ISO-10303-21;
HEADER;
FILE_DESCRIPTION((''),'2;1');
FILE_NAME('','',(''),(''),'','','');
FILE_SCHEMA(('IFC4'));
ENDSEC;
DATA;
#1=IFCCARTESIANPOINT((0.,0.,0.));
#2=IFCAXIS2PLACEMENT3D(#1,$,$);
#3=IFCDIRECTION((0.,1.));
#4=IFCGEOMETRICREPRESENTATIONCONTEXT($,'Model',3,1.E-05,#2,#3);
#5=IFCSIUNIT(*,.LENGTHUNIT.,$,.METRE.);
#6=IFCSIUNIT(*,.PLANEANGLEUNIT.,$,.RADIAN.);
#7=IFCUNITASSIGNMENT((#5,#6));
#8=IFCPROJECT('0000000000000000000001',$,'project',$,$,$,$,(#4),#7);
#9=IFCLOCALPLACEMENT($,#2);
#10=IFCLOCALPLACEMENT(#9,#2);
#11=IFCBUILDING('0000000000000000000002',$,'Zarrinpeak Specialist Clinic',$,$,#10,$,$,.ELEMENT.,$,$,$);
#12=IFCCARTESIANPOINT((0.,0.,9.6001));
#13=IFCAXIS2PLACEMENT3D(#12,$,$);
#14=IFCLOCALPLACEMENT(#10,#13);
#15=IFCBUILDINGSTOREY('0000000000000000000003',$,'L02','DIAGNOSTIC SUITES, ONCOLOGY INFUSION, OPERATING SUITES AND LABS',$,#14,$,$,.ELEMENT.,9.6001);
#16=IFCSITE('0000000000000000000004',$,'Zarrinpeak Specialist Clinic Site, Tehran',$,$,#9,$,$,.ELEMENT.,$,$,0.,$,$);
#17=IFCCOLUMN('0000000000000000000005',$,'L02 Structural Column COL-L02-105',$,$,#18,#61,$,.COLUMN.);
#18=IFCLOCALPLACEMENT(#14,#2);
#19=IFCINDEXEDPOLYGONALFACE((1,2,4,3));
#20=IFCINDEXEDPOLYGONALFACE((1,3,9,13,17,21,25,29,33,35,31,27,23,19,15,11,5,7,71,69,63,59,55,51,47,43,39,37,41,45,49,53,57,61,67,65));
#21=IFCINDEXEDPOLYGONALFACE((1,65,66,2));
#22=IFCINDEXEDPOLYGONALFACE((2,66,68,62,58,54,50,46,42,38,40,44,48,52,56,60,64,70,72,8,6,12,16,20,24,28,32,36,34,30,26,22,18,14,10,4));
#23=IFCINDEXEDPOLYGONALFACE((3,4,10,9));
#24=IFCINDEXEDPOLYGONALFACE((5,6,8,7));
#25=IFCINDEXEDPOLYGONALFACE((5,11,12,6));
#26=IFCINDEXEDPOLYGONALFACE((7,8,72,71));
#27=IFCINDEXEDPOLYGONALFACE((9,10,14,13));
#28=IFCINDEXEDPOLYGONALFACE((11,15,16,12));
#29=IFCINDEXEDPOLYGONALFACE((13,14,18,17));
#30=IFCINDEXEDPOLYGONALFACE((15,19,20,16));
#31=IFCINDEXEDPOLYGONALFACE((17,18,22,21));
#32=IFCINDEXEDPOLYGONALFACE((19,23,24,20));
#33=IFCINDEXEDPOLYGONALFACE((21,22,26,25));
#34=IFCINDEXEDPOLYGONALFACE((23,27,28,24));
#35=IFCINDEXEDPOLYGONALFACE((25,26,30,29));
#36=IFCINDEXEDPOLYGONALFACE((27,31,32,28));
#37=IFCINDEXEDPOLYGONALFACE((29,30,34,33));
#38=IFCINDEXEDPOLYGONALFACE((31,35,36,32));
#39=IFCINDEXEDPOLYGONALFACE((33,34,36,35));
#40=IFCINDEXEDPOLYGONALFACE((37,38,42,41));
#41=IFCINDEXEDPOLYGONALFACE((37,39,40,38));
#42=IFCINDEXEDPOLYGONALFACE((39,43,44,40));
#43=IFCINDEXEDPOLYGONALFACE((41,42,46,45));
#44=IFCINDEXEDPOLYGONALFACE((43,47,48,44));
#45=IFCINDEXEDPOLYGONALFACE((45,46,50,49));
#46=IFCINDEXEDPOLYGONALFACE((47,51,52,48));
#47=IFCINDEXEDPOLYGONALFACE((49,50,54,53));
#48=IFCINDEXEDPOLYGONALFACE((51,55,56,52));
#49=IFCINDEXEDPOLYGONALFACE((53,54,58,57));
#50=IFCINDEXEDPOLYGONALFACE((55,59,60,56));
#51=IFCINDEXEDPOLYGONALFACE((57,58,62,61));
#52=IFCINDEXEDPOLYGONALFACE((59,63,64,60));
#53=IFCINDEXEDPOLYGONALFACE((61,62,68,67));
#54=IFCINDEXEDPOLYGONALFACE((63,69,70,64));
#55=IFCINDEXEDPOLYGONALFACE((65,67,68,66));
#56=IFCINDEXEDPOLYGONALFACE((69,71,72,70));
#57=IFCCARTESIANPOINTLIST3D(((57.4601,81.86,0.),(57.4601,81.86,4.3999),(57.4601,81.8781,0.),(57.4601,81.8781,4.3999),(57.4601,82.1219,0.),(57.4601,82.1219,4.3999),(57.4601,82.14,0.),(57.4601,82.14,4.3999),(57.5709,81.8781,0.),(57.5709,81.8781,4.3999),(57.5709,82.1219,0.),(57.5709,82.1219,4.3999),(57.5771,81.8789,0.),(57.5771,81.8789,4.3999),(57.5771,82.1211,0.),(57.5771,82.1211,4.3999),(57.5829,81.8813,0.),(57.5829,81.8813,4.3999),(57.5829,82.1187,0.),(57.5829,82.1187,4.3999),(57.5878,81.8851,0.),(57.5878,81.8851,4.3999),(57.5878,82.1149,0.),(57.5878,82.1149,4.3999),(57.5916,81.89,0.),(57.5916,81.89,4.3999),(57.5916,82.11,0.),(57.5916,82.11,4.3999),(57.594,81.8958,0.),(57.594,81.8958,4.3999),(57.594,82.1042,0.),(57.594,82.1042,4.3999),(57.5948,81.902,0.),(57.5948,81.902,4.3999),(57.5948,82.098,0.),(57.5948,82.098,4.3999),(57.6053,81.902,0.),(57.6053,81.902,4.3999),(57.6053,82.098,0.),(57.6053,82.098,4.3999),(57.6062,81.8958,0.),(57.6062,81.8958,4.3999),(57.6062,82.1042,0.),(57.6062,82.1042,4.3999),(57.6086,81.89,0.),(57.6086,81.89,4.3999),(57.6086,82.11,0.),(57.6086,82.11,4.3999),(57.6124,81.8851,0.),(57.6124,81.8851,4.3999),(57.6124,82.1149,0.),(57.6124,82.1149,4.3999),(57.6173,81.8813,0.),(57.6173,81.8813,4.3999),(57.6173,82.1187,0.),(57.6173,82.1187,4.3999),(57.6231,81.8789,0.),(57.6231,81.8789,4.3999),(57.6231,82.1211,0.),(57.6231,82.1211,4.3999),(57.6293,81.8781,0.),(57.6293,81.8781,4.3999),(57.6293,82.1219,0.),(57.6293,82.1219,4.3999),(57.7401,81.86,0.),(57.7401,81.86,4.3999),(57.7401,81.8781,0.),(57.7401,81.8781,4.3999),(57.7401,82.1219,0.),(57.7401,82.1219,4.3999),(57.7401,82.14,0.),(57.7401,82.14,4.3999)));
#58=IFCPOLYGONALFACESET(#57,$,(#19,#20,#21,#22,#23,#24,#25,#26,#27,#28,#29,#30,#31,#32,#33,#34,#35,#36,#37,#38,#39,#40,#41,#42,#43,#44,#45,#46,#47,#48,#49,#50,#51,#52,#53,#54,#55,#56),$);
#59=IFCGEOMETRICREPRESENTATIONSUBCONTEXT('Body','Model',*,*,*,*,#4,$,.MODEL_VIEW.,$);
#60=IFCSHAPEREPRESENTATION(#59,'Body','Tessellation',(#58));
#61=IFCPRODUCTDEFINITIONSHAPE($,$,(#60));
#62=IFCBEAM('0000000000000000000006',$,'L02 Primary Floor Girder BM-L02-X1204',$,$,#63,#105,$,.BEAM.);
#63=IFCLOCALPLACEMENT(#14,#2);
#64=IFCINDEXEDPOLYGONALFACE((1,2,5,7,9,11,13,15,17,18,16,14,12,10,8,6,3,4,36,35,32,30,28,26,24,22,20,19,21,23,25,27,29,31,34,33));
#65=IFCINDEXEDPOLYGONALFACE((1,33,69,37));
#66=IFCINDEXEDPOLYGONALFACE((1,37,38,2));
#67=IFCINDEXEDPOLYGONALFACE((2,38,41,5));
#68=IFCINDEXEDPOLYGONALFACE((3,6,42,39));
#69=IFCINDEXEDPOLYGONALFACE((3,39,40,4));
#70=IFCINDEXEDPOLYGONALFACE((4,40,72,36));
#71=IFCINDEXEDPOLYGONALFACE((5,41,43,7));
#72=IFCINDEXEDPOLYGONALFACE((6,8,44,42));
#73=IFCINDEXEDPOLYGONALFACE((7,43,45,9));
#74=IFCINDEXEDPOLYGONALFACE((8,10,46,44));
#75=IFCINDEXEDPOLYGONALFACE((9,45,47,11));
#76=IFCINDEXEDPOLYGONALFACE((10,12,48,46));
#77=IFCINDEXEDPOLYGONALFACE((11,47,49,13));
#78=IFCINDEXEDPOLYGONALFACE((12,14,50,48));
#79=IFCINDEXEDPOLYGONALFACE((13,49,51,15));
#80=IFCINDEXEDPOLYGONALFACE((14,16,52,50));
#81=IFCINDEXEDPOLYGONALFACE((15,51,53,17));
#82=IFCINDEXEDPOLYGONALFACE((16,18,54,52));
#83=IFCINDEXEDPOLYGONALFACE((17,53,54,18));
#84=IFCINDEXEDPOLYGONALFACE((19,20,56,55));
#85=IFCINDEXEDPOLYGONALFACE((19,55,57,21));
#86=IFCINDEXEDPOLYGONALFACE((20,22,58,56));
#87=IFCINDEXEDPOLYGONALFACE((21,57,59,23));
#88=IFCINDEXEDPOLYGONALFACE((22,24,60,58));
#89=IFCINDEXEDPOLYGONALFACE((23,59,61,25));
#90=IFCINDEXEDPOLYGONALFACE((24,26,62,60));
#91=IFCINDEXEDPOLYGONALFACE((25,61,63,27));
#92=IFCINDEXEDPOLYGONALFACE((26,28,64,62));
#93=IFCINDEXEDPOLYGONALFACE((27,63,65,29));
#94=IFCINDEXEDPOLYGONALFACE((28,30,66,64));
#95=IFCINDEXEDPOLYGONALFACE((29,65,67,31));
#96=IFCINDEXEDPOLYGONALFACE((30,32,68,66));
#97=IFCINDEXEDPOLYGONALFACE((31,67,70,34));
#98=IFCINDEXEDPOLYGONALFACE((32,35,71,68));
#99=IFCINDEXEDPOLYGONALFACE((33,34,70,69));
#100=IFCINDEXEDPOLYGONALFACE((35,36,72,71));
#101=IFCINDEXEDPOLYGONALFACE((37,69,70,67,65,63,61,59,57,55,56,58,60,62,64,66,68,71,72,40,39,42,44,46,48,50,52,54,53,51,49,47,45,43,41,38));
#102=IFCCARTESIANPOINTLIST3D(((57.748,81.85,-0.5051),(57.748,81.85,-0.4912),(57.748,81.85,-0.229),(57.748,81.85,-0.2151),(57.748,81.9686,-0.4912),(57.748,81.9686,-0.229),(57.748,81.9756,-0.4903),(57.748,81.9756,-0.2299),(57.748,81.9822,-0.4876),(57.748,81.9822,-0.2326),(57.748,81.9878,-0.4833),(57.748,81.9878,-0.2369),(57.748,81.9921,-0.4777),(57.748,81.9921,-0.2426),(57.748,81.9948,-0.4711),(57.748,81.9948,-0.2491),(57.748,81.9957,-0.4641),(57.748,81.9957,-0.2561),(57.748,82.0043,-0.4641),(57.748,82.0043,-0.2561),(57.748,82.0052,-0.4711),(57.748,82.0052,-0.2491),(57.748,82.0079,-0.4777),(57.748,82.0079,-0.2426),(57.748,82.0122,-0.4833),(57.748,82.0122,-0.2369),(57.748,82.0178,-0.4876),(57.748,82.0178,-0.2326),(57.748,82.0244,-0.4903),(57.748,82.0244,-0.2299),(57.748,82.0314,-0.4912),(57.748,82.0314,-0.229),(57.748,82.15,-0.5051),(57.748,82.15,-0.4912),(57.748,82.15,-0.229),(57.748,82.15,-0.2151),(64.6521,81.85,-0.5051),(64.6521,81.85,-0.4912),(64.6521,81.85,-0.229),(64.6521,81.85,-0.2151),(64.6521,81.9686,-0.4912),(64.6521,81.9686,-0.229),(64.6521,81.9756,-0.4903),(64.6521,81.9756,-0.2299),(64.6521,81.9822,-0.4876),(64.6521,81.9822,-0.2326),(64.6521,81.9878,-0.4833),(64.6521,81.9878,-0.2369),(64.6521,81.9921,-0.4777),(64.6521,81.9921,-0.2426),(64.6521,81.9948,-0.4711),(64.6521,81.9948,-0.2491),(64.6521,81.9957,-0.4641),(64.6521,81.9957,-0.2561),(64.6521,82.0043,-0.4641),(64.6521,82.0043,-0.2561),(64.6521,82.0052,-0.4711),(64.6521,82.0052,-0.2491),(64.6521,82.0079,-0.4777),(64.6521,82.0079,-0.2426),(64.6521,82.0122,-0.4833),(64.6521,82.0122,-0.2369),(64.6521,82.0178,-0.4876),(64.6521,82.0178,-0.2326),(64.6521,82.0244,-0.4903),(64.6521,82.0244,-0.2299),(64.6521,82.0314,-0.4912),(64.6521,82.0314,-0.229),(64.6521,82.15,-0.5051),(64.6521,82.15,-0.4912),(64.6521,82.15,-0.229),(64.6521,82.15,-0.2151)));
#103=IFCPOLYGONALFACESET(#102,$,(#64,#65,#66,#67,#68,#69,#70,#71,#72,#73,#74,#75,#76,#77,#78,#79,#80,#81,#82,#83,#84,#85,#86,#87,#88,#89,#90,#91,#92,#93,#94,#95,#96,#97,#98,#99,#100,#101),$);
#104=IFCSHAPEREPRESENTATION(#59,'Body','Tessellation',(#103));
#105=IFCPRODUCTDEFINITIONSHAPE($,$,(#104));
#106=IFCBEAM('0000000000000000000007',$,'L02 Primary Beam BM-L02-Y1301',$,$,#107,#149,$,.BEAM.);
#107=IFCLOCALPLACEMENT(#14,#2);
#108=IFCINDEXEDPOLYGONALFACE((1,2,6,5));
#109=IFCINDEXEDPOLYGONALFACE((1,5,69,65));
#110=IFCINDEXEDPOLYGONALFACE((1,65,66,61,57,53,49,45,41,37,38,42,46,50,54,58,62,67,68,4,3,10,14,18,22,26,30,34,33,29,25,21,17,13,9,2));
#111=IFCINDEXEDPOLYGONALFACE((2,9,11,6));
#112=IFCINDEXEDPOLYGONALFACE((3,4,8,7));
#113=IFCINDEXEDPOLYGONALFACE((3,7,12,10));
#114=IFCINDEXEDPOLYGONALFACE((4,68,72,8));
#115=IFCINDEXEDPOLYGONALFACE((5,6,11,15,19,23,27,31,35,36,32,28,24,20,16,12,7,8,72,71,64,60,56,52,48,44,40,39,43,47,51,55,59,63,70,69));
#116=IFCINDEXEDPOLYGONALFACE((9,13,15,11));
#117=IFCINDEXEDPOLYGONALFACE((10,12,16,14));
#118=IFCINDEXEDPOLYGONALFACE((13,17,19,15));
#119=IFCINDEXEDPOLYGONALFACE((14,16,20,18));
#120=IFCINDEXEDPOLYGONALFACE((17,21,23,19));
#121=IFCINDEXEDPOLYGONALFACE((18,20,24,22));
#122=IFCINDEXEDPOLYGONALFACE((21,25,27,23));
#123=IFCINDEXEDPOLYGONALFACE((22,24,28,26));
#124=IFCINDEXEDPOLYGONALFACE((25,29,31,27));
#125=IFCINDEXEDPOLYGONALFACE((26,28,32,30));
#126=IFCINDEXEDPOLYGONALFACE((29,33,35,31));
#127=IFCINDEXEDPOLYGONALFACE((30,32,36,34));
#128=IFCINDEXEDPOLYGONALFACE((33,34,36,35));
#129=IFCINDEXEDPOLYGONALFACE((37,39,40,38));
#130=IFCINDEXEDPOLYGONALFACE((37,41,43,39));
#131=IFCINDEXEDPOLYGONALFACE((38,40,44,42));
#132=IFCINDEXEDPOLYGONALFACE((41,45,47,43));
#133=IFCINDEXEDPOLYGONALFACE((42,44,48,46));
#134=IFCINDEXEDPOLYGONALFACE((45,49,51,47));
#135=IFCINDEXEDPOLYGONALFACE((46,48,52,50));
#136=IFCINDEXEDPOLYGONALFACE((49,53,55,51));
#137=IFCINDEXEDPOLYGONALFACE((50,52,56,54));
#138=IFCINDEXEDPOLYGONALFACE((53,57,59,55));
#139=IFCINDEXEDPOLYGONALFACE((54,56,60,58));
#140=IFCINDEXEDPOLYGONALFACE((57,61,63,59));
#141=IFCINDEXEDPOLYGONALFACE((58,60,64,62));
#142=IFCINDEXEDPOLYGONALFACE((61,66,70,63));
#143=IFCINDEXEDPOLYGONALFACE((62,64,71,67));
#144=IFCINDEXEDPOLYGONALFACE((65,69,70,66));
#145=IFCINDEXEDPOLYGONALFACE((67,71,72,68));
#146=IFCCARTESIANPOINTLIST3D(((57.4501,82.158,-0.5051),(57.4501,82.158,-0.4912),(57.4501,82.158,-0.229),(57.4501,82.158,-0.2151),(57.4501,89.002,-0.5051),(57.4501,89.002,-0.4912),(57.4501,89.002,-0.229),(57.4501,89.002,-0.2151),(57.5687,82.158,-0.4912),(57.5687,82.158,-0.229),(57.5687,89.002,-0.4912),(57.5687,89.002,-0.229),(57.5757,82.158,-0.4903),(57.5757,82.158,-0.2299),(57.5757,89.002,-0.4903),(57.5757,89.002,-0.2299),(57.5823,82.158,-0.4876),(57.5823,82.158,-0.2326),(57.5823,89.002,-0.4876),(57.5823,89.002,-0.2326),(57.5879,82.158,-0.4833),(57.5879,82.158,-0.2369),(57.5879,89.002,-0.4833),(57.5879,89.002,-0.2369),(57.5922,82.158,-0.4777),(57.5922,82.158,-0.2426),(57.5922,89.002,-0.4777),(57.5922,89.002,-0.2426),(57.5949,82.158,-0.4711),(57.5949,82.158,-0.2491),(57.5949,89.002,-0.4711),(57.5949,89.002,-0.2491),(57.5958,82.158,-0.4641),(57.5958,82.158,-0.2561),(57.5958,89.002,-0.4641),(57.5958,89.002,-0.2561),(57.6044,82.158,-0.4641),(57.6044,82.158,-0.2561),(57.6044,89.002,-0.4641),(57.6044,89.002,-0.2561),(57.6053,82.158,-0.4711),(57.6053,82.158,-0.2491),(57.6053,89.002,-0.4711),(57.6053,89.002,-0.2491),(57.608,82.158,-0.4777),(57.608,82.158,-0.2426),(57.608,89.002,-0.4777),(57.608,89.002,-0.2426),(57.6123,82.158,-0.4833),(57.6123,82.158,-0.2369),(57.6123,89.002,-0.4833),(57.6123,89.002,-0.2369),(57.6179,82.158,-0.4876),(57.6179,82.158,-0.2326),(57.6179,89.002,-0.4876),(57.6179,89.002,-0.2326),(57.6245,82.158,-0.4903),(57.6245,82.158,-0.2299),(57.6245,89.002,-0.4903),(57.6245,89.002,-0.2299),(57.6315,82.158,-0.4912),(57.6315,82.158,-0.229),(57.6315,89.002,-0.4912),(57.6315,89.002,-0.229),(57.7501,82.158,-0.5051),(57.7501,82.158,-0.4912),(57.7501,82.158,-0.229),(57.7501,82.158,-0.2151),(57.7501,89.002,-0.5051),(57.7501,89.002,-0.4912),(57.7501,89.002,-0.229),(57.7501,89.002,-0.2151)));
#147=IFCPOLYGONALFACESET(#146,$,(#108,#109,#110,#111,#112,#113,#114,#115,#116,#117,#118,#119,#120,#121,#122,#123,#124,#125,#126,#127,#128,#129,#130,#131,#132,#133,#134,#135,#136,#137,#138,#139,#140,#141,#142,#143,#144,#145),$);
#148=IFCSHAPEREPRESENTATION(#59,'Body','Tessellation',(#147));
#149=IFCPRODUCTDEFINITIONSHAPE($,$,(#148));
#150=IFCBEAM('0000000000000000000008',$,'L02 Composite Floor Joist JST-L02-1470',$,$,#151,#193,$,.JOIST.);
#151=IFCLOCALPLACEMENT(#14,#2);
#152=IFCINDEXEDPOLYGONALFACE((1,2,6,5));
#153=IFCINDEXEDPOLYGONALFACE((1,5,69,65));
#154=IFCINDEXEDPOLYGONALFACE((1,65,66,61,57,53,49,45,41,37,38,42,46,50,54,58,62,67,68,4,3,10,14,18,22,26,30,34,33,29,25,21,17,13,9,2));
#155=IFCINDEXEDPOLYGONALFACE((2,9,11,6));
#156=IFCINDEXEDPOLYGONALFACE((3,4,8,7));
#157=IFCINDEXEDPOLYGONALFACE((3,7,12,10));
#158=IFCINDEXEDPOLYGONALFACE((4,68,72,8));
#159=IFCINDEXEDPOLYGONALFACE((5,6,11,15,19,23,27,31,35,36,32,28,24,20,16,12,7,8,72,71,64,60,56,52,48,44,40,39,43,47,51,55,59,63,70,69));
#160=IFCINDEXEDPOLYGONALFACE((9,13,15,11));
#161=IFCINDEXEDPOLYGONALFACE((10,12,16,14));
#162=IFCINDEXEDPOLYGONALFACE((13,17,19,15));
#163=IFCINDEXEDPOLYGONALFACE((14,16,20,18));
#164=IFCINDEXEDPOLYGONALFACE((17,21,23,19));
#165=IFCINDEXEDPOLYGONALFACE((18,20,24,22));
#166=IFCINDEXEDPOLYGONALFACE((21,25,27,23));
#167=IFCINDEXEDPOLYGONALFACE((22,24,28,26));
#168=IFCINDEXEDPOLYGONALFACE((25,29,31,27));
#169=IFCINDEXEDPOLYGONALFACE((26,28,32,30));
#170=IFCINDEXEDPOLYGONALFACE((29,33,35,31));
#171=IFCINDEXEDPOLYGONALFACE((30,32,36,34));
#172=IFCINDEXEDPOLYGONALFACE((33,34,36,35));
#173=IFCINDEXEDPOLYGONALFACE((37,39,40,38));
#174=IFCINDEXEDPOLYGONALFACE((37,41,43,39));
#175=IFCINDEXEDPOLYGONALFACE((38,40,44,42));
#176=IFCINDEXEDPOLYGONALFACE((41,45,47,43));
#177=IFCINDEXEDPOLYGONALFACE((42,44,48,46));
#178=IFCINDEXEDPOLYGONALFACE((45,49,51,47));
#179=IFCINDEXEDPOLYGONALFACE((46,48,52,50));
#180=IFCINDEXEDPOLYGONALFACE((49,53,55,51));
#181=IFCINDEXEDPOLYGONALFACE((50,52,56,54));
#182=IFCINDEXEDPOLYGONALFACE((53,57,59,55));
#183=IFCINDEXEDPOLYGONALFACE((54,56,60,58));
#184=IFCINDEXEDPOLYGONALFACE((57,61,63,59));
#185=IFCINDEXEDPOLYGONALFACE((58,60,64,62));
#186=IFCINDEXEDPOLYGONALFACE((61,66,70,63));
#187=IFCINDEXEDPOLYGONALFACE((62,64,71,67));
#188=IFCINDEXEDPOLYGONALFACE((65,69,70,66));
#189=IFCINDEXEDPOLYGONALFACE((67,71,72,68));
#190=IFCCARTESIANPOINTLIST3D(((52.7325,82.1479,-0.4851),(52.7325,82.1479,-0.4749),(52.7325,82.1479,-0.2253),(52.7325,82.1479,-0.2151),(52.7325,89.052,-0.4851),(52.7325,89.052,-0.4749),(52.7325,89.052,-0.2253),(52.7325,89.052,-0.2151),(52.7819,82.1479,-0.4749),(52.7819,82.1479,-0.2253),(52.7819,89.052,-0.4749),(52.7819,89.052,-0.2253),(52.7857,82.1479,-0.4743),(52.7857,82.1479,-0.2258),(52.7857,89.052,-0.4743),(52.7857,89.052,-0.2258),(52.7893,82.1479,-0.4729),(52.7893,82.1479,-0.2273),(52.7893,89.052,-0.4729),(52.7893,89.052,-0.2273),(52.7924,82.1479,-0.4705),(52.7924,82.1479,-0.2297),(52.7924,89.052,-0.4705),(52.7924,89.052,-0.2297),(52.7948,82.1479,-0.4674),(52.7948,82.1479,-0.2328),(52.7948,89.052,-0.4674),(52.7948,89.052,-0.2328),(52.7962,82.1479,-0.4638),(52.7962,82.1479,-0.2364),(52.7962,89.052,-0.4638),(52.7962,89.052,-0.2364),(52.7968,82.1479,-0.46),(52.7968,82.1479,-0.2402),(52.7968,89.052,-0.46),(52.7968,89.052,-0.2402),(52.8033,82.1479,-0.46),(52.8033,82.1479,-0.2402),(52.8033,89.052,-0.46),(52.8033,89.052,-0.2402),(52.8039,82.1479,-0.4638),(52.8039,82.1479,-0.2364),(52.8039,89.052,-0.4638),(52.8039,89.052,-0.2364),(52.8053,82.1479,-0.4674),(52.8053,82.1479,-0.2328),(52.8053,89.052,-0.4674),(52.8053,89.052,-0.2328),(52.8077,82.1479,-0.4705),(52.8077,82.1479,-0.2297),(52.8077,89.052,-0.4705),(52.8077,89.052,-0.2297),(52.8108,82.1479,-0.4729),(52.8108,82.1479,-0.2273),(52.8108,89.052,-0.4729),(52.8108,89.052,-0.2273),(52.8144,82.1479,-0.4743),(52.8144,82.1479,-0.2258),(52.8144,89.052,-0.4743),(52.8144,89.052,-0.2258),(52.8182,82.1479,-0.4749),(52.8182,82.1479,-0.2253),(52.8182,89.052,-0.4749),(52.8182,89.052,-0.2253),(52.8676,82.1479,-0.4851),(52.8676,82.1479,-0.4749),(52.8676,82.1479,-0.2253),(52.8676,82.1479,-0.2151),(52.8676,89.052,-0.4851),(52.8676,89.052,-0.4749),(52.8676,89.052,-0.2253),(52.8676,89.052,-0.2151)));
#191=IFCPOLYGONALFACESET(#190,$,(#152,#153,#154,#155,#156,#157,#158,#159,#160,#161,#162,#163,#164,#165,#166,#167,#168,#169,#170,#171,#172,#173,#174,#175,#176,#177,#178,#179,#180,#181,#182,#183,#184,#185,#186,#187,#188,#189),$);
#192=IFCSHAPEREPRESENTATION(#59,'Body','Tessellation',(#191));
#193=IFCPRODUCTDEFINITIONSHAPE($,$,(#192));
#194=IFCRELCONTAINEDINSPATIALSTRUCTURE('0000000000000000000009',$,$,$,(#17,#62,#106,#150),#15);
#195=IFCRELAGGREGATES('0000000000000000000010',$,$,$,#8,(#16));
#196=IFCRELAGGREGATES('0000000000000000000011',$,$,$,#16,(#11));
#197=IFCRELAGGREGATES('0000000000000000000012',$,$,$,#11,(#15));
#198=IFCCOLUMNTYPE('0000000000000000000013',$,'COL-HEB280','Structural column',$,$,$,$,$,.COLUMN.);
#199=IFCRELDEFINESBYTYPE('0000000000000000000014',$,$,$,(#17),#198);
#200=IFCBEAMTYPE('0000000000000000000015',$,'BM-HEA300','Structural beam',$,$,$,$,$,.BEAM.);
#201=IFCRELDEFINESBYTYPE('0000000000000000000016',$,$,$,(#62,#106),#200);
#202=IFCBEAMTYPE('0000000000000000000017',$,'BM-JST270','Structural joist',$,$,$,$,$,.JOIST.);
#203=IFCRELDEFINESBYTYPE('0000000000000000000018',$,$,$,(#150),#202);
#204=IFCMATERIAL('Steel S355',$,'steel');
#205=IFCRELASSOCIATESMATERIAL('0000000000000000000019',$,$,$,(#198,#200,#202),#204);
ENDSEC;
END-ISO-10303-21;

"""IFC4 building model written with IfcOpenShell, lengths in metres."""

from ifc_helpers import new_model, si_unit, direction, frame, origin, origin_2d, place, context, subcontext, project, spatial, i_section, extrude, material, material_profile, profile_set, type_object, element, save


model = new_model("IFC4")

# Units and contexts
model_context = context("Model", 3, precision=1e-05, world=origin(), true_north=direction((0.0, 1.0)))
body_context = subcontext(model_context, "Body", "Model", "MODEL_VIEW")
ifc_project = project(units=[si_unit("LENGTHUNIT", "METRE"), si_unit("PLANEANGLEUNIT", "RADIAN")], contexts=[model_context])

# Site, building, storey
site_placement = place(None, origin())
site = spatial("IfcSite", under=ifc_project, at=site_placement, Name="Zarrinpeak Specialist Clinic Site, Tehran", CompositionType="ELEMENT", RefElevation=0.0)
building_placement = place(site_placement, origin())
building = spatial("IfcBuilding", under=site, at=building_placement, Name="Zarrinpeak Specialist Clinic", CompositionType="ELEMENT")
storey_placement = place(building_placement, frame((0.0, 0.0, 9.6001)))
storey = spatial("IfcBuildingStorey", under=building, at=storey_placement, Name="L02", Description="DIAGNOSTIC SUITES, ONCOLOGY INFUSION, OPERATING SUITES AND LABS", CompositionType="ELEMENT", Elevation=9.6001)

# Column
ifc_material_1 = material(Name="Steel S355", Category="steel")
ifc_material_profile_1 = material_profile(ifc_material_1, i_section(OverallWidth=0.28, OverallDepth=0.28, WebThickness=0.0105, FlangeThickness=0.0181, FilletRadius=0.0239, at=origin_2d()), Name="HEB 280")
ifc_profile_set_1 = profile_set([ifc_material_profile_1], Name="Steel S355")
column_type = type_object("IfcColumnType", Name="COL-HEB280", Description="Structural column", PredefinedType="COLUMN", material=ifc_profile_set_1)
column_placement = place(storey_placement, frame((57.6001, 82.0, 0.0), z_axis=(0.0, 0.0, 1.0), x_axis=(1.0, 0.0, 0.0)))
element("IfcColumn", 1, at=column_placement, inside=storey, type_object=column_type, Name="L02 Structural Column COL-L02-105", PredefinedType="COLUMN", context=body_context, shape_type="SweptSolid", body=[
    extrude(i_section(OverallWidth=0.28, OverallDepth=0.28, WebThickness=0.0105, FlangeThickness=0.0181, FilletRadius=0.0239, at=origin_2d()), origin(), (0.0, 0.0, 1.0), 4.3999),
])

# Beams
ifc_material_profile_2 = material_profile(ifc_material_1, i_section(OverallWidth=0.3, OverallDepth=0.29, WebThickness=0.0085, FlangeThickness=0.0139, FilletRadius=0.0271, at=origin_2d()), Name="HEA 300")
ifc_profile_set_2 = profile_set([ifc_material_profile_2], Name="Steel S355")
beam_type_1 = type_object("IfcBeamType", Name="BM-HEA300", Description="Structural beam", PredefinedType="BEAM", material=ifc_profile_set_2)
beam_1_placement = place(storey_placement, frame((57.748, 82.0, -0.3601), z_axis=(1.0, 0.0, 0.0), x_axis=(0.0, 1.0, 0.0)))
element("IfcBeam", 2, at=beam_1_placement, inside=storey, type_object=beam_type_1, Name="L02 Primary Floor Girder BM-L02-X1204", PredefinedType="BEAM", context=body_context, shape_type="SweptSolid", body=[
    extrude(i_section(OverallWidth=0.3, OverallDepth=0.29, WebThickness=0.0085, FlangeThickness=0.0139, FilletRadius=0.0271, at=origin_2d()), origin(), (0.0, 0.0, 1.0), 6.9041),
])
beam_2_placement = place(storey_placement, frame((57.6001, 82.158, -0.3601), z_axis=(0.0, 1.0, 0.0), x_axis=(-1.0, 0.0, 0.0)))
element("IfcBeam", 3, at=beam_2_placement, inside=storey, type_object=beam_type_1, Name="L02 Primary Beam BM-L02-Y1301", PredefinedType="BEAM", context=body_context, shape_type="SweptSolid", body=[
    extrude(i_section(OverallWidth=0.3, OverallDepth=0.29, WebThickness=0.0085, FlangeThickness=0.0139, FilletRadius=0.0271, at=origin_2d()), origin(), (0.0, 0.0, 1.0), 6.844),
])
ifc_material_profile_3 = material_profile(ifc_material_1, i_section(OverallWidth=0.135, OverallDepth=0.27, WebThickness=0.0066, FlangeThickness=0.0103, FilletRadius=0.0149, at=origin_2d()), Name="IPE 270")
ifc_profile_set_3 = profile_set([ifc_material_profile_3], Name="Steel S355")
beam_type_2 = type_object("IfcBeamType", Name="BM-JST270", Description="Structural joist", PredefinedType="JOIST", material=ifc_profile_set_3)
for number, where, z_axis, x_axis, name in (
    (4, (52.8, 82.1479, -0.3501), (0.0, 1.0, 0.0), (-1.0, 0.0, 0.0), "L02 Composite Floor Joist JST-L02-1470"),
):
    element("IfcBeam", number, at=place(storey_placement, frame(where, z_axis=z_axis, x_axis=x_axis)), inside=storey, type_object=beam_type_2, Name=name, PredefinedType="JOIST", context=body_context, shape_type="SweptSolid", body=[
        extrude(i_section(OverallWidth=0.135, OverallDepth=0.27, WebThickness=0.0066, FlangeThickness=0.0103, FilletRadius=0.0149, at=origin_2d()), origin(), (0.0, 0.0, 1.0), 6.9041),
    ])

save(model, "model.ifc")
